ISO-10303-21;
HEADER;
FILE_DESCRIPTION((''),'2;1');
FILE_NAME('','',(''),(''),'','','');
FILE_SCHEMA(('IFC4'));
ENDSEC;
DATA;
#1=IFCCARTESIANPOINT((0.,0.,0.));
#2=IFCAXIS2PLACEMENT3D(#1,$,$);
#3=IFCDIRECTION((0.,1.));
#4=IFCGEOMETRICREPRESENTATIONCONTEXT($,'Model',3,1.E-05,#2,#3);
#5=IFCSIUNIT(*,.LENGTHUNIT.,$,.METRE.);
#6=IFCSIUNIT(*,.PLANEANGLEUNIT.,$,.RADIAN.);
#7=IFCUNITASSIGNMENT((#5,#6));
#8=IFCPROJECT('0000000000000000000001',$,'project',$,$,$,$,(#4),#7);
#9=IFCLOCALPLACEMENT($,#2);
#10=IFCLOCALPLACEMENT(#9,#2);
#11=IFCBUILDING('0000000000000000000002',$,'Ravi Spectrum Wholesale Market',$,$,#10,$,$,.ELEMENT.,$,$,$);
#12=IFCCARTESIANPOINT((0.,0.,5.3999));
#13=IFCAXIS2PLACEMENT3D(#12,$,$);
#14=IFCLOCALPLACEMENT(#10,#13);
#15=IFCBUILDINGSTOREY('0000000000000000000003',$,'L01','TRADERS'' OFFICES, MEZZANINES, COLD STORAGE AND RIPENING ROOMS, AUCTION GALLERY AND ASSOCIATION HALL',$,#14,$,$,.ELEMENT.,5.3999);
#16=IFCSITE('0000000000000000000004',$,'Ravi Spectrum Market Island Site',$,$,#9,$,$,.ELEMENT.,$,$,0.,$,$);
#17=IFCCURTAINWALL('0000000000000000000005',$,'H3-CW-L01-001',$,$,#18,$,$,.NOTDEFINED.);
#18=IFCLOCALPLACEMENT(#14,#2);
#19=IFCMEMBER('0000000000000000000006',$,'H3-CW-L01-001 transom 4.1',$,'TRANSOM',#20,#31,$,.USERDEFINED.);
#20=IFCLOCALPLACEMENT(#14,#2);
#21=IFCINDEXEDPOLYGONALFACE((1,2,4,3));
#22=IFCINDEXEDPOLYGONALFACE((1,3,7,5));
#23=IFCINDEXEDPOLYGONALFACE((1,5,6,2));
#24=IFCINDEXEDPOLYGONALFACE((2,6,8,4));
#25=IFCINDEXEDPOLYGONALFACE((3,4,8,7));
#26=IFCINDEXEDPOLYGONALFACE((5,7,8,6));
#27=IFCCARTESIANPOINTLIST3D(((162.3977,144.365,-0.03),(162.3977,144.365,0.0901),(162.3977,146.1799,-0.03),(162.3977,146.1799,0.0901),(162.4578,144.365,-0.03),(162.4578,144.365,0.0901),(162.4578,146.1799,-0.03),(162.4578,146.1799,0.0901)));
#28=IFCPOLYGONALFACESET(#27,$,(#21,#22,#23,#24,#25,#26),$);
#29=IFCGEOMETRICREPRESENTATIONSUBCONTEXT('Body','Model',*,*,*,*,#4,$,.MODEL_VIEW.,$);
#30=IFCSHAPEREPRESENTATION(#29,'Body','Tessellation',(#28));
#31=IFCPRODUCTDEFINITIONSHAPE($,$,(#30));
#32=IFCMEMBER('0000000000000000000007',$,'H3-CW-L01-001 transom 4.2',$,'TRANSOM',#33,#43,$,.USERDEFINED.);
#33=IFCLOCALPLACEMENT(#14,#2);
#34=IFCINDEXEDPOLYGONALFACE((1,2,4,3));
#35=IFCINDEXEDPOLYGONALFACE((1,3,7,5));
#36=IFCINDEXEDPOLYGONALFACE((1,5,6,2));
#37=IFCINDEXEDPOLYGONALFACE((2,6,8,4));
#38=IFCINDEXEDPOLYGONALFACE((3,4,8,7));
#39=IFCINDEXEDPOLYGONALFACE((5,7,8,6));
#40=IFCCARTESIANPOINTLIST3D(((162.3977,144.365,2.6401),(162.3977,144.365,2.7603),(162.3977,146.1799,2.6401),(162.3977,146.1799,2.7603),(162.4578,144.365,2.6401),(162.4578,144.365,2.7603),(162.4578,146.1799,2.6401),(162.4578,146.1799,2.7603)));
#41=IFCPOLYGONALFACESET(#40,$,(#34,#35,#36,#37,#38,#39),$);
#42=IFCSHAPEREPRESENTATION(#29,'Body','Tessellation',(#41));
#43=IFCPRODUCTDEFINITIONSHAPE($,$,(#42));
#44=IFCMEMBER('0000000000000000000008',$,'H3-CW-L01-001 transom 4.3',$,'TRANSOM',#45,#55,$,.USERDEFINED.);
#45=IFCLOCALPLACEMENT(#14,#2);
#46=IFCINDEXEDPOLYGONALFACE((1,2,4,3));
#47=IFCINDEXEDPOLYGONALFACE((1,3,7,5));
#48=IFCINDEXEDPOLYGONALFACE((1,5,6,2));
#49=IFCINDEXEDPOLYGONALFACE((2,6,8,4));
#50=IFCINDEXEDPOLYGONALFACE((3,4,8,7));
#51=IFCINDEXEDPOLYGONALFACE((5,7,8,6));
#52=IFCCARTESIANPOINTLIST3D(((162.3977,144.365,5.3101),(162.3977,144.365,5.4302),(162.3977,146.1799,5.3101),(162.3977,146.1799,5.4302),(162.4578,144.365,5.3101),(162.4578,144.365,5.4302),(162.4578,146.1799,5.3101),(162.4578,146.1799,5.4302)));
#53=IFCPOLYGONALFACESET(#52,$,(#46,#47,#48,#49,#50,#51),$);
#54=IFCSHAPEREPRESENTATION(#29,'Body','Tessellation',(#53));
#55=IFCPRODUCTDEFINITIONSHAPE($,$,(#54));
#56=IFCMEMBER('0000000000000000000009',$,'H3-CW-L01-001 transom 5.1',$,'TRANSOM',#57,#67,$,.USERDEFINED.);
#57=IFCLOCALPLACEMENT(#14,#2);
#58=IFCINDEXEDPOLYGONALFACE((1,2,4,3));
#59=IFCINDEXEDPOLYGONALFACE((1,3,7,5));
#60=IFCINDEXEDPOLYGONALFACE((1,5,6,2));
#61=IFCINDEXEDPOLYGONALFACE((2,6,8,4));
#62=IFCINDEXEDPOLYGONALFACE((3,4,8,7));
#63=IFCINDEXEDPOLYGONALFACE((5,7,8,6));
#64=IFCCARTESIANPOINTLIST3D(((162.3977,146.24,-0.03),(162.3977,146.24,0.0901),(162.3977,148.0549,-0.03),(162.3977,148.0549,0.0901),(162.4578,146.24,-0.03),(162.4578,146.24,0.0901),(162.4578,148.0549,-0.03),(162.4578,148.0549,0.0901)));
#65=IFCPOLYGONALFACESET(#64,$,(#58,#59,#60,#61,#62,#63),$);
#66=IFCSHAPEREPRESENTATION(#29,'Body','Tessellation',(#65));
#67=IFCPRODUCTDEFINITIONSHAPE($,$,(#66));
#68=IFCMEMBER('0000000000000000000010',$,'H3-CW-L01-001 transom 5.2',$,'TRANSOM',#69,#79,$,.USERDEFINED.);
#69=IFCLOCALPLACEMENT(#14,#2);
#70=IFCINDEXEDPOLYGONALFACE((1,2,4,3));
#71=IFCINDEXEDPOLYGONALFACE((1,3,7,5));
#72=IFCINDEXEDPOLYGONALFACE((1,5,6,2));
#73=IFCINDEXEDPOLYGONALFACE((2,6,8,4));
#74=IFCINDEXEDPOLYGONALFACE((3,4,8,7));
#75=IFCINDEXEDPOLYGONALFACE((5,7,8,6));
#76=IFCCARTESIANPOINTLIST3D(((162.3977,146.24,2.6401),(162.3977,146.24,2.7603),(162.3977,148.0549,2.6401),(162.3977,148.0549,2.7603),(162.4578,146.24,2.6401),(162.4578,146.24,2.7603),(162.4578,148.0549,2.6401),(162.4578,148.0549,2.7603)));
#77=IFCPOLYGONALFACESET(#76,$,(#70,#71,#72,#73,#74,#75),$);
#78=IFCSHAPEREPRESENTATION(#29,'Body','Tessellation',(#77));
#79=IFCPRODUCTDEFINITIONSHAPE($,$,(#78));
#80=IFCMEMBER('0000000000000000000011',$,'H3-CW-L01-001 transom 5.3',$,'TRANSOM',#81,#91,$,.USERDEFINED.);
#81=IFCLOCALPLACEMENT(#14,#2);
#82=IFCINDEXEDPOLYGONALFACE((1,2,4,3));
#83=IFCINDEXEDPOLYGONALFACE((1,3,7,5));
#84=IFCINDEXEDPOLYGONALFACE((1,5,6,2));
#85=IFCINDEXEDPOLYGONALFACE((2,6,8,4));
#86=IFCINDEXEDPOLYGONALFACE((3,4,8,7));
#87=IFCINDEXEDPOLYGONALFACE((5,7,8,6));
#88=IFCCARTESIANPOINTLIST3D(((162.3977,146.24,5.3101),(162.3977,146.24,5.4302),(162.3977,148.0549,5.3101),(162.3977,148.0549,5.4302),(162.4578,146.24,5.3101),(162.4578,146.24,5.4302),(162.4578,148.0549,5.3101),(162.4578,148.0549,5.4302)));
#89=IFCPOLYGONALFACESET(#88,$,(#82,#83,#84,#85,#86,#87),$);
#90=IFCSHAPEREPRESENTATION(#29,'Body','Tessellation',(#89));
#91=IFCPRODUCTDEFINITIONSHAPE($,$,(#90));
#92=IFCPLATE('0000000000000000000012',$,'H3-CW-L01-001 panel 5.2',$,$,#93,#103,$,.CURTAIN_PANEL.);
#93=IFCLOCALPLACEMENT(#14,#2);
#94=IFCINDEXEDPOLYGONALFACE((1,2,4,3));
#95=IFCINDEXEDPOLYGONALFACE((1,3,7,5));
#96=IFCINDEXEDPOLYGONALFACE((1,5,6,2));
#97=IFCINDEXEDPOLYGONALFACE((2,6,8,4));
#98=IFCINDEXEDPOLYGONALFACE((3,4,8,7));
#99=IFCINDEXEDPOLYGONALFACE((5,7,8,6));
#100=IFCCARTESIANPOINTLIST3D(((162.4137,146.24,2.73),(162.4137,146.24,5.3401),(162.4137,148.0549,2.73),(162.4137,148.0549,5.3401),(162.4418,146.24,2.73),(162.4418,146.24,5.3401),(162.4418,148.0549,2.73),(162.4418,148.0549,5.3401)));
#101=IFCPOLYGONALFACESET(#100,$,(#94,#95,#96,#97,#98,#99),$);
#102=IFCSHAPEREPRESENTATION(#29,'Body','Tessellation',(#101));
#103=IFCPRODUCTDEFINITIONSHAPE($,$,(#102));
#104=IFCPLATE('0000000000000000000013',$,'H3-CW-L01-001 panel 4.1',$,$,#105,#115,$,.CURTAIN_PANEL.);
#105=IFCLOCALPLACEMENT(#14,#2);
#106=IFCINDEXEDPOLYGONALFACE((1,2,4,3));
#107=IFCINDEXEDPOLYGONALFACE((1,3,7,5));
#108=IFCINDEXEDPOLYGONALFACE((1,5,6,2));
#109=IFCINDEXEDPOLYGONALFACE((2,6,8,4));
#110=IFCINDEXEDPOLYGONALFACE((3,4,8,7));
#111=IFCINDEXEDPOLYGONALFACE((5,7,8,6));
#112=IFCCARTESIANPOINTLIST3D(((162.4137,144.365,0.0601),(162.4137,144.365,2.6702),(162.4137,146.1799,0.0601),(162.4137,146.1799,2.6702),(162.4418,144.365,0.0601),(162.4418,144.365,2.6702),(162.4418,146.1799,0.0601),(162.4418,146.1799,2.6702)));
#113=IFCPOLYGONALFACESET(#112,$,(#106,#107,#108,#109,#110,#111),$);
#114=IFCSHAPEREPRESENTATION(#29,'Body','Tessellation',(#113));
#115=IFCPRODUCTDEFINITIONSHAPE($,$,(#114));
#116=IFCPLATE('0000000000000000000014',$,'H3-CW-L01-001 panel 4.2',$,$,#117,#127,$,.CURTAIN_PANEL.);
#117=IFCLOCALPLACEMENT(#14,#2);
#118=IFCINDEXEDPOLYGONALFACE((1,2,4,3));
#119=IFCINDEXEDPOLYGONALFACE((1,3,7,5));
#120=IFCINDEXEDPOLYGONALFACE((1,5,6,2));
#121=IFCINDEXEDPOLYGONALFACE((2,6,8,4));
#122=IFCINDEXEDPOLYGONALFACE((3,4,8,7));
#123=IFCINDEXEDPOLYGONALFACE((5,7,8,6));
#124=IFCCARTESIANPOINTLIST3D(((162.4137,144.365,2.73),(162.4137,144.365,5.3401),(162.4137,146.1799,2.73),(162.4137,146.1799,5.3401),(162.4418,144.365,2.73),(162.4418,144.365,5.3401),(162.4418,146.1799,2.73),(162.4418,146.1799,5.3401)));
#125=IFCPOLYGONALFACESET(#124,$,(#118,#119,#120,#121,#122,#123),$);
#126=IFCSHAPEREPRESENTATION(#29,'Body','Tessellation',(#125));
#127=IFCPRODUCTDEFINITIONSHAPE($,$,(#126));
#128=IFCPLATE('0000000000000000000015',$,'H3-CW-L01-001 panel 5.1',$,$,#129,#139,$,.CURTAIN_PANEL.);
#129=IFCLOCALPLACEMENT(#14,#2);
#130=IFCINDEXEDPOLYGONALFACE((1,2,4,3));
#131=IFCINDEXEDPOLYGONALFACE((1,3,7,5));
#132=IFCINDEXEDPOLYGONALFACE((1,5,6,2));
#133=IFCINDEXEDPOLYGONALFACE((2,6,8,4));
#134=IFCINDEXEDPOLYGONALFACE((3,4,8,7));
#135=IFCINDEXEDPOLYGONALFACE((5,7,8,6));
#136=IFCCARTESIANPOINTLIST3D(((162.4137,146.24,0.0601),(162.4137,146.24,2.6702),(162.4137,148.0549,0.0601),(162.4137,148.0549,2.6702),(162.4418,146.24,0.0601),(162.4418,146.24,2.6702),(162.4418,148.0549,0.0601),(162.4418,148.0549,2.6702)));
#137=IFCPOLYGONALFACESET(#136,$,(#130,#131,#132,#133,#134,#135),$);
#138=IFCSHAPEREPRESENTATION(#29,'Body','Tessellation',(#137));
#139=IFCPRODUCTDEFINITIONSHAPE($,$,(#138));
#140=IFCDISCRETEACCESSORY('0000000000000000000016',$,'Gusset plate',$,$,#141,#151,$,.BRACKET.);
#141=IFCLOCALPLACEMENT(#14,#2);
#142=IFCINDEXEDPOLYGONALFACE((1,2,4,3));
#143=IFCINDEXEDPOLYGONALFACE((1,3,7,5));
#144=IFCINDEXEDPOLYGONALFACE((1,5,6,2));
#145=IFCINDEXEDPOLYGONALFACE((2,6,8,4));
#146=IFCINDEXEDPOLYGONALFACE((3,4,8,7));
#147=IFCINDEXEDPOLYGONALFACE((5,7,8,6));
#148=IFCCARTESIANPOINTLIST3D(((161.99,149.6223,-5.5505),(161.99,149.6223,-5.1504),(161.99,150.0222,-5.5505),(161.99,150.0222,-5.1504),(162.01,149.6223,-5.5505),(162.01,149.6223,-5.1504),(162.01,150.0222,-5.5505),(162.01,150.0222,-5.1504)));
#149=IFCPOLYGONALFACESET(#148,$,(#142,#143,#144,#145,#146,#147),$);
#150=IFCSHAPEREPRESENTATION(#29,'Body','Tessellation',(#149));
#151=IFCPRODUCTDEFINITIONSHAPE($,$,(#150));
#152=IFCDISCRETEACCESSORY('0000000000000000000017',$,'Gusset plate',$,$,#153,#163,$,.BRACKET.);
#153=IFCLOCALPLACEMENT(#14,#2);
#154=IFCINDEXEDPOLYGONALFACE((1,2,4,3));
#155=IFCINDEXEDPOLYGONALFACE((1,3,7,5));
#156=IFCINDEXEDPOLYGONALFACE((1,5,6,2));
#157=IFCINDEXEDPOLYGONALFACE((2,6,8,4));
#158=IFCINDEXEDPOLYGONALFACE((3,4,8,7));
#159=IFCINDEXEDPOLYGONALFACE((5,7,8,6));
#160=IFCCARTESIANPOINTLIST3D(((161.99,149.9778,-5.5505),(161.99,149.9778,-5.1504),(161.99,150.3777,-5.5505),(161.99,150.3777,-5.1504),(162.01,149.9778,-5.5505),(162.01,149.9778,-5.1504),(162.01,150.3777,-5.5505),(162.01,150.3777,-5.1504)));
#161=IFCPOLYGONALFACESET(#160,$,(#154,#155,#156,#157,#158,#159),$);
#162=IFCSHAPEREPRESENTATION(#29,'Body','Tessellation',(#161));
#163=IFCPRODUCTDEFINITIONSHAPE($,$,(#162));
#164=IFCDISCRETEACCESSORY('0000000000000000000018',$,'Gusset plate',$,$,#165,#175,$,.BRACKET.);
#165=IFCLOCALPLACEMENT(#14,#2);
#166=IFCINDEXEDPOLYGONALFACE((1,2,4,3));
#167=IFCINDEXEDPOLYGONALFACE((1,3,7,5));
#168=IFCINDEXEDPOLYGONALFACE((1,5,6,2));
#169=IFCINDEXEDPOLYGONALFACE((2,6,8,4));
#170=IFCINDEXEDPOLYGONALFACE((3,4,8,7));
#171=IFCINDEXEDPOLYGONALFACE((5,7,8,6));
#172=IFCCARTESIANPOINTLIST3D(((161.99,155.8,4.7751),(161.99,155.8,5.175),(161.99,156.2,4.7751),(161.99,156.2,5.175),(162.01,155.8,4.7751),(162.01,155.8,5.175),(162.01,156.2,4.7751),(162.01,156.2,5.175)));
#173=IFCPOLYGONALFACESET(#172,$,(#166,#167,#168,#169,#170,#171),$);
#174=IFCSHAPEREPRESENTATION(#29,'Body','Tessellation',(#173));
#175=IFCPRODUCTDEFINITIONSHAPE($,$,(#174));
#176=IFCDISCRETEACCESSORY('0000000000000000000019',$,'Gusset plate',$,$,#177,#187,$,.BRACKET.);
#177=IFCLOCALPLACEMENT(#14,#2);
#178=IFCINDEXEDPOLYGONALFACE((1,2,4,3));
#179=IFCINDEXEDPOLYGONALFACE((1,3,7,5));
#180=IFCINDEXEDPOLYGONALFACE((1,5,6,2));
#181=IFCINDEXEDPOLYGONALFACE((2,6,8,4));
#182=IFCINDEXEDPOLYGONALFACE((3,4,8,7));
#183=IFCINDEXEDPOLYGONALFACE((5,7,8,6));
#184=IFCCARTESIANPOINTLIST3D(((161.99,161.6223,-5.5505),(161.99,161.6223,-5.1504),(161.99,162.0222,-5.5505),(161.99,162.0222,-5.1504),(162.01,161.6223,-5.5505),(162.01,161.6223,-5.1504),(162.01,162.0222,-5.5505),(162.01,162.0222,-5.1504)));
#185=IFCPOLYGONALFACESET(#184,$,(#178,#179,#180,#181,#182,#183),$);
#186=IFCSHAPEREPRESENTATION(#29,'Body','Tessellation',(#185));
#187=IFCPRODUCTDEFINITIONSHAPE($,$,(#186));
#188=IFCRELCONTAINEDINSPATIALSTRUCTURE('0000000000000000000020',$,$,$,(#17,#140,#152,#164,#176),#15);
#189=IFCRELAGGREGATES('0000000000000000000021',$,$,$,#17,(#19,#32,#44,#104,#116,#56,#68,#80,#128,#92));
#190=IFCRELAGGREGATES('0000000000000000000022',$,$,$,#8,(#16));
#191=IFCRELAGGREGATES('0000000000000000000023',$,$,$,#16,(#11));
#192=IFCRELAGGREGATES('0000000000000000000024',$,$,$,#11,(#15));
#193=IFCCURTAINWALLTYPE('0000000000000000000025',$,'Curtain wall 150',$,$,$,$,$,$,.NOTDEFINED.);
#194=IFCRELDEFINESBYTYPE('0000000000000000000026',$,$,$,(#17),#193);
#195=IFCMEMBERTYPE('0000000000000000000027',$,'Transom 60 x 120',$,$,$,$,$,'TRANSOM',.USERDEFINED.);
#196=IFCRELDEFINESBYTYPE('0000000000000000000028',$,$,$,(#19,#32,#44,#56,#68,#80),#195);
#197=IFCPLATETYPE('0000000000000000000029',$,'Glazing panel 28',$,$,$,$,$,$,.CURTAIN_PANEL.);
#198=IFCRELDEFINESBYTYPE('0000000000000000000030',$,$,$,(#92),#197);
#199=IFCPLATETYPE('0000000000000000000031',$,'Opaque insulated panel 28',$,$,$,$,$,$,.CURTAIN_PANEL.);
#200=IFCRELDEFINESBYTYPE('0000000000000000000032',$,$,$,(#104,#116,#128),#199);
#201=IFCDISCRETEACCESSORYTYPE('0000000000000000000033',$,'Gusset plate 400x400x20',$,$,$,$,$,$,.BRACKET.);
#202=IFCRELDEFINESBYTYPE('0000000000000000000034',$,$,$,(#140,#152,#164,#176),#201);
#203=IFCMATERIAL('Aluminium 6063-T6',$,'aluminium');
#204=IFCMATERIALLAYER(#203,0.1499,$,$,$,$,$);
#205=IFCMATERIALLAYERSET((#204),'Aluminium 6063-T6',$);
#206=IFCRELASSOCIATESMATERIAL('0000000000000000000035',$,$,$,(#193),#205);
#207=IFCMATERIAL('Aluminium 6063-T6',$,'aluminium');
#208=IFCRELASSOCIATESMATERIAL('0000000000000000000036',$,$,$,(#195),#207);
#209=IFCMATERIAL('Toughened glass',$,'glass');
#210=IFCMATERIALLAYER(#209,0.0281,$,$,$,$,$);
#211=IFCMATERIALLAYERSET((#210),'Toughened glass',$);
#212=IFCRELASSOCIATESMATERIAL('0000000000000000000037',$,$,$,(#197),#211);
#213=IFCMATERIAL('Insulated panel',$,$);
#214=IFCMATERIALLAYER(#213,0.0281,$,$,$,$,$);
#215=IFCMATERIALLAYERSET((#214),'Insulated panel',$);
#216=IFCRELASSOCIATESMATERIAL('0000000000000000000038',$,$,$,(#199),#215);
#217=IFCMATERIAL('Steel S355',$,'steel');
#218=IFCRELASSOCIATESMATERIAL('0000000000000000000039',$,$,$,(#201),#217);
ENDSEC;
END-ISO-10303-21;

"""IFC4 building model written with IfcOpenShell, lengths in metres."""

from ifc_helpers import new_model, si_unit, direction, frame, origin, origin_2d, place, context, subcontext, project, spatial, rectangle, extrude, material, layer, layer_set, material_profile, profile_set, type_object, element, aggregate, save


model = new_model("IFC4")

# Units and contexts
model_context = context("Model", 3, precision=1e-05, world=origin(), true_north=direction((0.0, 1.0)))
body_context = subcontext(model_context, "Body", "Model", "MODEL_VIEW")
ifc_project = project(units=[si_unit("LENGTHUNIT", "METRE"), si_unit("PLANEANGLEUNIT", "RADIAN")], contexts=[model_context])

# Site, building, storey
site_placement = place(None, origin())
site = spatial("IfcSite", under=ifc_project, at=site_placement, Name="Ravi Spectrum Market Island Site", CompositionType="ELEMENT", RefElevation=0.0)
building_placement = place(site_placement, origin())
building = spatial("IfcBuilding", under=site, at=building_placement, Name="Ravi Spectrum Wholesale Market", CompositionType="ELEMENT")
storey_placement = place(building_placement, frame((0.0, 0.0, 5.3999)))
storey = spatial("IfcBuildingStorey", under=building, at=storey_placement, Name="L01", Description="TRADERS' OFFICES, MEZZANINES, COLD STORAGE AND RIPENING ROOMS, AUCTION GALLERY AND ASSOCIATION HALL", CompositionType="ELEMENT", Elevation=5.3999)

# Curtain wall
ifc_material_1 = material(Name="Aluminium 6063-T6", Category="aluminium")
ifc_layer_1 = layer(ifc_material_1, 0.1499)
ifc_layer_set_1 = layer_set([ifc_layer_1], Name="Aluminium 6063-T6")
curtain_wall_type = type_object("IfcCurtainWallType", Name="Curtain wall 150", PredefinedType="NOTDEFINED", material=ifc_layer_set_1)
curtain_wall_placement = place(storey_placement, origin())
curtain_wall = element("IfcCurtainWall", 1, at=curtain_wall_placement, inside=storey, type_object=curtain_wall_type, Name="H3-CW-L01-001", PredefinedType="NOTDEFINED")

# Members
ifc_material_2 = material(Name="Aluminium 6063-T6", Category="aluminium")
ifc_material_profile_1 = material_profile(ifc_material_2, rectangle(XDim=0.0601, YDim=0.1201, at=origin_2d()))
ifc_profile_set_1 = profile_set([ifc_material_profile_1], Name="Aluminium 6063-T6")
member_type_1 = type_object("IfcMemberType", Name="Transom 60 x 120", ElementType="TRANSOM", PredefinedType="USERDEFINED", material=ifc_profile_set_1)
member_1_placement = place(storey_placement, frame((162.4277, 144.365, 0.03), z_axis=(0.0, 1.0, 0.0), x_axis=(-1.0, 0.0, 0.0)))
member_1 = element("IfcMember", 2, at=member_1_placement, type_object=member_type_1, Name="H3-CW-L01-001 transom 4.1", ObjectType="TRANSOM", PredefinedType="USERDEFINED", context=body_context, shape_type="SweptSolid", body=[
    extrude(rectangle(XDim=0.0601, YDim=0.1201, at=origin_2d()), origin(), (0.0, 0.0, 1.0), 1.8149),
])
member_2_placement = place(storey_placement, frame((162.4277, 144.365, 2.7002), z_axis=(0.0, 1.0, 0.0), x_axis=(-1.0, 0.0, 0.0)))
member_2 = element("IfcMember", 3, at=member_2_placement, type_object=member_type_1, Name="H3-CW-L01-001 transom 4.2", ObjectType="TRANSOM", PredefinedType="USERDEFINED", context=body_context, shape_type="SweptSolid", body=[
    extrude(rectangle(XDim=0.0601, YDim=0.1201, at=origin_2d()), origin(), (0.0, 0.0, 1.0), 1.8149),
])
member_3_placement = place(storey_placement, frame((162.4277, 144.365, 5.3701), z_axis=(0.0, 1.0, 0.0), x_axis=(-1.0, 0.0, 0.0)))
member_3 = element("IfcMember", 4, at=member_3_placement, type_object=member_type_1, Name="H3-CW-L01-001 transom 4.3", ObjectType="TRANSOM", PredefinedType="USERDEFINED", context=body_context, shape_type="SweptSolid", body=[
    extrude(rectangle(XDim=0.0601, YDim=0.1201, at=origin_2d()), origin(), (0.0, 0.0, 1.0), 1.8149),
])
member_4_placement = place(storey_placement, frame((162.4277, 146.24, 0.03), z_axis=(0.0, 1.0, 0.0), x_axis=(-1.0, 0.0, 0.0)))
member_4 = element("IfcMember", 5, at=member_4_placement, type_object=member_type_1, Name="H3-CW-L01-001 transom 5.1", ObjectType="TRANSOM", PredefinedType="USERDEFINED", context=body_context, shape_type="SweptSolid", body=[
    extrude(rectangle(XDim=0.0601, YDim=0.1201, at=origin_2d()), origin(), (0.0, 0.0, 1.0), 1.8149),
])
member_5_placement = place(storey_placement, frame((162.4277, 146.24, 2.7002), z_axis=(0.0, 1.0, 0.0), x_axis=(-1.0, 0.0, 0.0)))
member_5 = element("IfcMember", 6, at=member_5_placement, type_object=member_type_1, Name="H3-CW-L01-001 transom 5.2", ObjectType="TRANSOM", PredefinedType="USERDEFINED", context=body_context, shape_type="SweptSolid", body=[
    extrude(rectangle(XDim=0.0601, YDim=0.1201, at=origin_2d()), origin(), (0.0, 0.0, 1.0), 1.8149),
])
member_6_placement = place(storey_placement, frame((162.4277, 146.24, 5.3701), z_axis=(0.0, 1.0, 0.0), x_axis=(-1.0, 0.0, 0.0)))
member_6 = element("IfcMember", 7, at=member_6_placement, type_object=member_type_1, Name="H3-CW-L01-001 transom 5.3", ObjectType="TRANSOM", PredefinedType="USERDEFINED", context=body_context, shape_type="SweptSolid", body=[
    extrude(rectangle(XDim=0.0601, YDim=0.1201, at=origin_2d()), origin(), (0.0, 0.0, 1.0), 1.8149),
])

# Plates
ifc_material_3 = material(Name="Toughened glass", Category="glass")
ifc_layer_2 = layer(ifc_material_3, 0.0281)
ifc_layer_set_2 = layer_set([ifc_layer_2], Name="Toughened glass")
plate_type_1 = type_object("IfcPlateType", Name="Glazing panel 28", PredefinedType="CURTAIN_PANEL", material=ifc_layer_set_2)
plate_1_placement = place(storey_placement, frame((162.4277, 147.1475, 2.73), z_axis=(0.0, 0.0, 1.0), x_axis=(0.0, 1.0, 0.0)))
plate_1 = element("IfcPlate", 8, at=plate_1_placement, type_object=plate_type_1, Name="H3-CW-L01-001 panel 5.2", PredefinedType="CURTAIN_PANEL", context=body_context, shape_type="SweptSolid", body=[
    extrude(rectangle(XDim=1.8149, YDim=0.0281, at=origin_2d()), origin(), (0.0, 0.0, 1.0), 2.6101),
])
ifc_material_4 = material(Name="Insulated panel")
ifc_layer_3 = layer(ifc_material_4, 0.0281)
ifc_layer_set_3 = layer_set([ifc_layer_3], Name="Insulated panel")
plate_type_2 = type_object("IfcPlateType", Name="Opaque insulated panel 28", PredefinedType="CURTAIN_PANEL", material=ifc_layer_set_3)
plate_2_placement = place(storey_placement, frame((162.4277, 145.2725, 0.0601), z_axis=(0.0, 0.0, 1.0), x_axis=(0.0, 1.0, 0.0)))
plate_2 = element("IfcPlate", 9, at=plate_2_placement, type_object=plate_type_2, Name="H3-CW-L01-001 panel 4.1", PredefinedType="CURTAIN_PANEL", context=body_context, shape_type="SweptSolid", body=[
    extrude(rectangle(XDim=1.8149, YDim=0.0281, at=origin_2d()), origin(), (0.0, 0.0, 1.0), 2.6101),
])
plate_3_placement = place(storey_placement, frame((162.4277, 145.2725, 2.73), z_axis=(0.0, 0.0, 1.0), x_axis=(0.0, 1.0, 0.0)))
plate_3 = element("IfcPlate", 10, at=plate_3_placement, type_object=plate_type_2, Name="H3-CW-L01-001 panel 4.2", PredefinedType="CURTAIN_PANEL", context=body_context, shape_type="SweptSolid", body=[
    extrude(rectangle(XDim=1.8149, YDim=0.0281, at=origin_2d()), origin(), (0.0, 0.0, 1.0), 2.6101),
])
plate_4_placement = place(storey_placement, frame((162.4277, 147.1475, 0.0601), z_axis=(0.0, 0.0, 1.0), x_axis=(0.0, 1.0, 0.0)))
plate_4 = element("IfcPlate", 11, at=plate_4_placement, type_object=plate_type_2, Name="H3-CW-L01-001 panel 5.1", PredefinedType="CURTAIN_PANEL", context=body_context, shape_type="SweptSolid", body=[
    extrude(rectangle(XDim=1.8149, YDim=0.0281, at=origin_2d()), origin(), (0.0, 0.0, 1.0), 2.6101),
])
aggregate(curtain_wall, [member_1, member_2, member_3, plate_2, plate_3, member_4, member_5, member_6, plate_4, plate_1])

# Discrete accessories
ifc_material_5 = material(Name="Steel S355", Category="steel")
ifc_material_profile_2 = material_profile(ifc_material_5, rectangle(XDim=0.3999, YDim=0.02, at=origin_2d()))
ifc_profile_set_2 = profile_set([ifc_material_profile_2], Name="Steel S355")
discrete_accessory_type = type_object("IfcDiscreteAccessoryType", Name="Gusset plate 400x400x20", PredefinedType="BRACKET", material=ifc_profile_set_2)
for number, where, z_axis, x_axis, name in (
    (12, (162.0, 149.8223, -5.5505), (0.0, 0.0, 1.0), (0.0, -1.0, 0.0), "Gusset plate"),
    (13, (162.0, 150.1777, -5.5505), (0.0, 0.0, 1.0), (0.0, 1.0, 0.0), "Gusset plate"),
):
    element("IfcDiscreteAccessory", number, at=place(storey_placement, frame(where, z_axis=z_axis, x_axis=x_axis)), inside=storey, type_object=discrete_accessory_type, Name=name, PredefinedType="BRACKET", context=body_context, shape_type="SweptSolid", body=[
        extrude(rectangle(XDim=0.3999, YDim=0.02, at=origin_2d()), origin(), (0.0, 0.0, 1.0), 0.4001),
    ])
discrete_accessory_1_placement = place(storey_placement, frame((162.0, 156.0, 4.7751), z_axis=(0.0, 0.0, 1.0), x_axis=(0.0, 1.0, 0.0)))
element("IfcDiscreteAccessory", 14, at=discrete_accessory_1_placement, inside=storey, type_object=discrete_accessory_type, Name="Gusset plate", PredefinedType="BRACKET", context=body_context, shape_type="SweptSolid", body=[
    extrude(rectangle(XDim=0.3999, YDim=0.02, at=origin_2d()), origin(), (0.0, 0.0, 1.0), 0.3999),
])
discrete_accessory_2_placement = place(storey_placement, frame((162.0, 161.8223, -5.5505), z_axis=(0.0, 0.0, 1.0), x_axis=(0.0, -1.0, 0.0)))
element("IfcDiscreteAccessory", 15, at=discrete_accessory_2_placement, inside=storey, type_object=discrete_accessory_type, Name="Gusset plate", PredefinedType="BRACKET", context=body_context, shape_type="SweptSolid", body=[
    extrude(rectangle(XDim=0.3999, YDim=0.02, at=origin_2d()), origin(), (0.0, 0.0, 1.0), 0.4001),
])

save(model, "model.ifc")
